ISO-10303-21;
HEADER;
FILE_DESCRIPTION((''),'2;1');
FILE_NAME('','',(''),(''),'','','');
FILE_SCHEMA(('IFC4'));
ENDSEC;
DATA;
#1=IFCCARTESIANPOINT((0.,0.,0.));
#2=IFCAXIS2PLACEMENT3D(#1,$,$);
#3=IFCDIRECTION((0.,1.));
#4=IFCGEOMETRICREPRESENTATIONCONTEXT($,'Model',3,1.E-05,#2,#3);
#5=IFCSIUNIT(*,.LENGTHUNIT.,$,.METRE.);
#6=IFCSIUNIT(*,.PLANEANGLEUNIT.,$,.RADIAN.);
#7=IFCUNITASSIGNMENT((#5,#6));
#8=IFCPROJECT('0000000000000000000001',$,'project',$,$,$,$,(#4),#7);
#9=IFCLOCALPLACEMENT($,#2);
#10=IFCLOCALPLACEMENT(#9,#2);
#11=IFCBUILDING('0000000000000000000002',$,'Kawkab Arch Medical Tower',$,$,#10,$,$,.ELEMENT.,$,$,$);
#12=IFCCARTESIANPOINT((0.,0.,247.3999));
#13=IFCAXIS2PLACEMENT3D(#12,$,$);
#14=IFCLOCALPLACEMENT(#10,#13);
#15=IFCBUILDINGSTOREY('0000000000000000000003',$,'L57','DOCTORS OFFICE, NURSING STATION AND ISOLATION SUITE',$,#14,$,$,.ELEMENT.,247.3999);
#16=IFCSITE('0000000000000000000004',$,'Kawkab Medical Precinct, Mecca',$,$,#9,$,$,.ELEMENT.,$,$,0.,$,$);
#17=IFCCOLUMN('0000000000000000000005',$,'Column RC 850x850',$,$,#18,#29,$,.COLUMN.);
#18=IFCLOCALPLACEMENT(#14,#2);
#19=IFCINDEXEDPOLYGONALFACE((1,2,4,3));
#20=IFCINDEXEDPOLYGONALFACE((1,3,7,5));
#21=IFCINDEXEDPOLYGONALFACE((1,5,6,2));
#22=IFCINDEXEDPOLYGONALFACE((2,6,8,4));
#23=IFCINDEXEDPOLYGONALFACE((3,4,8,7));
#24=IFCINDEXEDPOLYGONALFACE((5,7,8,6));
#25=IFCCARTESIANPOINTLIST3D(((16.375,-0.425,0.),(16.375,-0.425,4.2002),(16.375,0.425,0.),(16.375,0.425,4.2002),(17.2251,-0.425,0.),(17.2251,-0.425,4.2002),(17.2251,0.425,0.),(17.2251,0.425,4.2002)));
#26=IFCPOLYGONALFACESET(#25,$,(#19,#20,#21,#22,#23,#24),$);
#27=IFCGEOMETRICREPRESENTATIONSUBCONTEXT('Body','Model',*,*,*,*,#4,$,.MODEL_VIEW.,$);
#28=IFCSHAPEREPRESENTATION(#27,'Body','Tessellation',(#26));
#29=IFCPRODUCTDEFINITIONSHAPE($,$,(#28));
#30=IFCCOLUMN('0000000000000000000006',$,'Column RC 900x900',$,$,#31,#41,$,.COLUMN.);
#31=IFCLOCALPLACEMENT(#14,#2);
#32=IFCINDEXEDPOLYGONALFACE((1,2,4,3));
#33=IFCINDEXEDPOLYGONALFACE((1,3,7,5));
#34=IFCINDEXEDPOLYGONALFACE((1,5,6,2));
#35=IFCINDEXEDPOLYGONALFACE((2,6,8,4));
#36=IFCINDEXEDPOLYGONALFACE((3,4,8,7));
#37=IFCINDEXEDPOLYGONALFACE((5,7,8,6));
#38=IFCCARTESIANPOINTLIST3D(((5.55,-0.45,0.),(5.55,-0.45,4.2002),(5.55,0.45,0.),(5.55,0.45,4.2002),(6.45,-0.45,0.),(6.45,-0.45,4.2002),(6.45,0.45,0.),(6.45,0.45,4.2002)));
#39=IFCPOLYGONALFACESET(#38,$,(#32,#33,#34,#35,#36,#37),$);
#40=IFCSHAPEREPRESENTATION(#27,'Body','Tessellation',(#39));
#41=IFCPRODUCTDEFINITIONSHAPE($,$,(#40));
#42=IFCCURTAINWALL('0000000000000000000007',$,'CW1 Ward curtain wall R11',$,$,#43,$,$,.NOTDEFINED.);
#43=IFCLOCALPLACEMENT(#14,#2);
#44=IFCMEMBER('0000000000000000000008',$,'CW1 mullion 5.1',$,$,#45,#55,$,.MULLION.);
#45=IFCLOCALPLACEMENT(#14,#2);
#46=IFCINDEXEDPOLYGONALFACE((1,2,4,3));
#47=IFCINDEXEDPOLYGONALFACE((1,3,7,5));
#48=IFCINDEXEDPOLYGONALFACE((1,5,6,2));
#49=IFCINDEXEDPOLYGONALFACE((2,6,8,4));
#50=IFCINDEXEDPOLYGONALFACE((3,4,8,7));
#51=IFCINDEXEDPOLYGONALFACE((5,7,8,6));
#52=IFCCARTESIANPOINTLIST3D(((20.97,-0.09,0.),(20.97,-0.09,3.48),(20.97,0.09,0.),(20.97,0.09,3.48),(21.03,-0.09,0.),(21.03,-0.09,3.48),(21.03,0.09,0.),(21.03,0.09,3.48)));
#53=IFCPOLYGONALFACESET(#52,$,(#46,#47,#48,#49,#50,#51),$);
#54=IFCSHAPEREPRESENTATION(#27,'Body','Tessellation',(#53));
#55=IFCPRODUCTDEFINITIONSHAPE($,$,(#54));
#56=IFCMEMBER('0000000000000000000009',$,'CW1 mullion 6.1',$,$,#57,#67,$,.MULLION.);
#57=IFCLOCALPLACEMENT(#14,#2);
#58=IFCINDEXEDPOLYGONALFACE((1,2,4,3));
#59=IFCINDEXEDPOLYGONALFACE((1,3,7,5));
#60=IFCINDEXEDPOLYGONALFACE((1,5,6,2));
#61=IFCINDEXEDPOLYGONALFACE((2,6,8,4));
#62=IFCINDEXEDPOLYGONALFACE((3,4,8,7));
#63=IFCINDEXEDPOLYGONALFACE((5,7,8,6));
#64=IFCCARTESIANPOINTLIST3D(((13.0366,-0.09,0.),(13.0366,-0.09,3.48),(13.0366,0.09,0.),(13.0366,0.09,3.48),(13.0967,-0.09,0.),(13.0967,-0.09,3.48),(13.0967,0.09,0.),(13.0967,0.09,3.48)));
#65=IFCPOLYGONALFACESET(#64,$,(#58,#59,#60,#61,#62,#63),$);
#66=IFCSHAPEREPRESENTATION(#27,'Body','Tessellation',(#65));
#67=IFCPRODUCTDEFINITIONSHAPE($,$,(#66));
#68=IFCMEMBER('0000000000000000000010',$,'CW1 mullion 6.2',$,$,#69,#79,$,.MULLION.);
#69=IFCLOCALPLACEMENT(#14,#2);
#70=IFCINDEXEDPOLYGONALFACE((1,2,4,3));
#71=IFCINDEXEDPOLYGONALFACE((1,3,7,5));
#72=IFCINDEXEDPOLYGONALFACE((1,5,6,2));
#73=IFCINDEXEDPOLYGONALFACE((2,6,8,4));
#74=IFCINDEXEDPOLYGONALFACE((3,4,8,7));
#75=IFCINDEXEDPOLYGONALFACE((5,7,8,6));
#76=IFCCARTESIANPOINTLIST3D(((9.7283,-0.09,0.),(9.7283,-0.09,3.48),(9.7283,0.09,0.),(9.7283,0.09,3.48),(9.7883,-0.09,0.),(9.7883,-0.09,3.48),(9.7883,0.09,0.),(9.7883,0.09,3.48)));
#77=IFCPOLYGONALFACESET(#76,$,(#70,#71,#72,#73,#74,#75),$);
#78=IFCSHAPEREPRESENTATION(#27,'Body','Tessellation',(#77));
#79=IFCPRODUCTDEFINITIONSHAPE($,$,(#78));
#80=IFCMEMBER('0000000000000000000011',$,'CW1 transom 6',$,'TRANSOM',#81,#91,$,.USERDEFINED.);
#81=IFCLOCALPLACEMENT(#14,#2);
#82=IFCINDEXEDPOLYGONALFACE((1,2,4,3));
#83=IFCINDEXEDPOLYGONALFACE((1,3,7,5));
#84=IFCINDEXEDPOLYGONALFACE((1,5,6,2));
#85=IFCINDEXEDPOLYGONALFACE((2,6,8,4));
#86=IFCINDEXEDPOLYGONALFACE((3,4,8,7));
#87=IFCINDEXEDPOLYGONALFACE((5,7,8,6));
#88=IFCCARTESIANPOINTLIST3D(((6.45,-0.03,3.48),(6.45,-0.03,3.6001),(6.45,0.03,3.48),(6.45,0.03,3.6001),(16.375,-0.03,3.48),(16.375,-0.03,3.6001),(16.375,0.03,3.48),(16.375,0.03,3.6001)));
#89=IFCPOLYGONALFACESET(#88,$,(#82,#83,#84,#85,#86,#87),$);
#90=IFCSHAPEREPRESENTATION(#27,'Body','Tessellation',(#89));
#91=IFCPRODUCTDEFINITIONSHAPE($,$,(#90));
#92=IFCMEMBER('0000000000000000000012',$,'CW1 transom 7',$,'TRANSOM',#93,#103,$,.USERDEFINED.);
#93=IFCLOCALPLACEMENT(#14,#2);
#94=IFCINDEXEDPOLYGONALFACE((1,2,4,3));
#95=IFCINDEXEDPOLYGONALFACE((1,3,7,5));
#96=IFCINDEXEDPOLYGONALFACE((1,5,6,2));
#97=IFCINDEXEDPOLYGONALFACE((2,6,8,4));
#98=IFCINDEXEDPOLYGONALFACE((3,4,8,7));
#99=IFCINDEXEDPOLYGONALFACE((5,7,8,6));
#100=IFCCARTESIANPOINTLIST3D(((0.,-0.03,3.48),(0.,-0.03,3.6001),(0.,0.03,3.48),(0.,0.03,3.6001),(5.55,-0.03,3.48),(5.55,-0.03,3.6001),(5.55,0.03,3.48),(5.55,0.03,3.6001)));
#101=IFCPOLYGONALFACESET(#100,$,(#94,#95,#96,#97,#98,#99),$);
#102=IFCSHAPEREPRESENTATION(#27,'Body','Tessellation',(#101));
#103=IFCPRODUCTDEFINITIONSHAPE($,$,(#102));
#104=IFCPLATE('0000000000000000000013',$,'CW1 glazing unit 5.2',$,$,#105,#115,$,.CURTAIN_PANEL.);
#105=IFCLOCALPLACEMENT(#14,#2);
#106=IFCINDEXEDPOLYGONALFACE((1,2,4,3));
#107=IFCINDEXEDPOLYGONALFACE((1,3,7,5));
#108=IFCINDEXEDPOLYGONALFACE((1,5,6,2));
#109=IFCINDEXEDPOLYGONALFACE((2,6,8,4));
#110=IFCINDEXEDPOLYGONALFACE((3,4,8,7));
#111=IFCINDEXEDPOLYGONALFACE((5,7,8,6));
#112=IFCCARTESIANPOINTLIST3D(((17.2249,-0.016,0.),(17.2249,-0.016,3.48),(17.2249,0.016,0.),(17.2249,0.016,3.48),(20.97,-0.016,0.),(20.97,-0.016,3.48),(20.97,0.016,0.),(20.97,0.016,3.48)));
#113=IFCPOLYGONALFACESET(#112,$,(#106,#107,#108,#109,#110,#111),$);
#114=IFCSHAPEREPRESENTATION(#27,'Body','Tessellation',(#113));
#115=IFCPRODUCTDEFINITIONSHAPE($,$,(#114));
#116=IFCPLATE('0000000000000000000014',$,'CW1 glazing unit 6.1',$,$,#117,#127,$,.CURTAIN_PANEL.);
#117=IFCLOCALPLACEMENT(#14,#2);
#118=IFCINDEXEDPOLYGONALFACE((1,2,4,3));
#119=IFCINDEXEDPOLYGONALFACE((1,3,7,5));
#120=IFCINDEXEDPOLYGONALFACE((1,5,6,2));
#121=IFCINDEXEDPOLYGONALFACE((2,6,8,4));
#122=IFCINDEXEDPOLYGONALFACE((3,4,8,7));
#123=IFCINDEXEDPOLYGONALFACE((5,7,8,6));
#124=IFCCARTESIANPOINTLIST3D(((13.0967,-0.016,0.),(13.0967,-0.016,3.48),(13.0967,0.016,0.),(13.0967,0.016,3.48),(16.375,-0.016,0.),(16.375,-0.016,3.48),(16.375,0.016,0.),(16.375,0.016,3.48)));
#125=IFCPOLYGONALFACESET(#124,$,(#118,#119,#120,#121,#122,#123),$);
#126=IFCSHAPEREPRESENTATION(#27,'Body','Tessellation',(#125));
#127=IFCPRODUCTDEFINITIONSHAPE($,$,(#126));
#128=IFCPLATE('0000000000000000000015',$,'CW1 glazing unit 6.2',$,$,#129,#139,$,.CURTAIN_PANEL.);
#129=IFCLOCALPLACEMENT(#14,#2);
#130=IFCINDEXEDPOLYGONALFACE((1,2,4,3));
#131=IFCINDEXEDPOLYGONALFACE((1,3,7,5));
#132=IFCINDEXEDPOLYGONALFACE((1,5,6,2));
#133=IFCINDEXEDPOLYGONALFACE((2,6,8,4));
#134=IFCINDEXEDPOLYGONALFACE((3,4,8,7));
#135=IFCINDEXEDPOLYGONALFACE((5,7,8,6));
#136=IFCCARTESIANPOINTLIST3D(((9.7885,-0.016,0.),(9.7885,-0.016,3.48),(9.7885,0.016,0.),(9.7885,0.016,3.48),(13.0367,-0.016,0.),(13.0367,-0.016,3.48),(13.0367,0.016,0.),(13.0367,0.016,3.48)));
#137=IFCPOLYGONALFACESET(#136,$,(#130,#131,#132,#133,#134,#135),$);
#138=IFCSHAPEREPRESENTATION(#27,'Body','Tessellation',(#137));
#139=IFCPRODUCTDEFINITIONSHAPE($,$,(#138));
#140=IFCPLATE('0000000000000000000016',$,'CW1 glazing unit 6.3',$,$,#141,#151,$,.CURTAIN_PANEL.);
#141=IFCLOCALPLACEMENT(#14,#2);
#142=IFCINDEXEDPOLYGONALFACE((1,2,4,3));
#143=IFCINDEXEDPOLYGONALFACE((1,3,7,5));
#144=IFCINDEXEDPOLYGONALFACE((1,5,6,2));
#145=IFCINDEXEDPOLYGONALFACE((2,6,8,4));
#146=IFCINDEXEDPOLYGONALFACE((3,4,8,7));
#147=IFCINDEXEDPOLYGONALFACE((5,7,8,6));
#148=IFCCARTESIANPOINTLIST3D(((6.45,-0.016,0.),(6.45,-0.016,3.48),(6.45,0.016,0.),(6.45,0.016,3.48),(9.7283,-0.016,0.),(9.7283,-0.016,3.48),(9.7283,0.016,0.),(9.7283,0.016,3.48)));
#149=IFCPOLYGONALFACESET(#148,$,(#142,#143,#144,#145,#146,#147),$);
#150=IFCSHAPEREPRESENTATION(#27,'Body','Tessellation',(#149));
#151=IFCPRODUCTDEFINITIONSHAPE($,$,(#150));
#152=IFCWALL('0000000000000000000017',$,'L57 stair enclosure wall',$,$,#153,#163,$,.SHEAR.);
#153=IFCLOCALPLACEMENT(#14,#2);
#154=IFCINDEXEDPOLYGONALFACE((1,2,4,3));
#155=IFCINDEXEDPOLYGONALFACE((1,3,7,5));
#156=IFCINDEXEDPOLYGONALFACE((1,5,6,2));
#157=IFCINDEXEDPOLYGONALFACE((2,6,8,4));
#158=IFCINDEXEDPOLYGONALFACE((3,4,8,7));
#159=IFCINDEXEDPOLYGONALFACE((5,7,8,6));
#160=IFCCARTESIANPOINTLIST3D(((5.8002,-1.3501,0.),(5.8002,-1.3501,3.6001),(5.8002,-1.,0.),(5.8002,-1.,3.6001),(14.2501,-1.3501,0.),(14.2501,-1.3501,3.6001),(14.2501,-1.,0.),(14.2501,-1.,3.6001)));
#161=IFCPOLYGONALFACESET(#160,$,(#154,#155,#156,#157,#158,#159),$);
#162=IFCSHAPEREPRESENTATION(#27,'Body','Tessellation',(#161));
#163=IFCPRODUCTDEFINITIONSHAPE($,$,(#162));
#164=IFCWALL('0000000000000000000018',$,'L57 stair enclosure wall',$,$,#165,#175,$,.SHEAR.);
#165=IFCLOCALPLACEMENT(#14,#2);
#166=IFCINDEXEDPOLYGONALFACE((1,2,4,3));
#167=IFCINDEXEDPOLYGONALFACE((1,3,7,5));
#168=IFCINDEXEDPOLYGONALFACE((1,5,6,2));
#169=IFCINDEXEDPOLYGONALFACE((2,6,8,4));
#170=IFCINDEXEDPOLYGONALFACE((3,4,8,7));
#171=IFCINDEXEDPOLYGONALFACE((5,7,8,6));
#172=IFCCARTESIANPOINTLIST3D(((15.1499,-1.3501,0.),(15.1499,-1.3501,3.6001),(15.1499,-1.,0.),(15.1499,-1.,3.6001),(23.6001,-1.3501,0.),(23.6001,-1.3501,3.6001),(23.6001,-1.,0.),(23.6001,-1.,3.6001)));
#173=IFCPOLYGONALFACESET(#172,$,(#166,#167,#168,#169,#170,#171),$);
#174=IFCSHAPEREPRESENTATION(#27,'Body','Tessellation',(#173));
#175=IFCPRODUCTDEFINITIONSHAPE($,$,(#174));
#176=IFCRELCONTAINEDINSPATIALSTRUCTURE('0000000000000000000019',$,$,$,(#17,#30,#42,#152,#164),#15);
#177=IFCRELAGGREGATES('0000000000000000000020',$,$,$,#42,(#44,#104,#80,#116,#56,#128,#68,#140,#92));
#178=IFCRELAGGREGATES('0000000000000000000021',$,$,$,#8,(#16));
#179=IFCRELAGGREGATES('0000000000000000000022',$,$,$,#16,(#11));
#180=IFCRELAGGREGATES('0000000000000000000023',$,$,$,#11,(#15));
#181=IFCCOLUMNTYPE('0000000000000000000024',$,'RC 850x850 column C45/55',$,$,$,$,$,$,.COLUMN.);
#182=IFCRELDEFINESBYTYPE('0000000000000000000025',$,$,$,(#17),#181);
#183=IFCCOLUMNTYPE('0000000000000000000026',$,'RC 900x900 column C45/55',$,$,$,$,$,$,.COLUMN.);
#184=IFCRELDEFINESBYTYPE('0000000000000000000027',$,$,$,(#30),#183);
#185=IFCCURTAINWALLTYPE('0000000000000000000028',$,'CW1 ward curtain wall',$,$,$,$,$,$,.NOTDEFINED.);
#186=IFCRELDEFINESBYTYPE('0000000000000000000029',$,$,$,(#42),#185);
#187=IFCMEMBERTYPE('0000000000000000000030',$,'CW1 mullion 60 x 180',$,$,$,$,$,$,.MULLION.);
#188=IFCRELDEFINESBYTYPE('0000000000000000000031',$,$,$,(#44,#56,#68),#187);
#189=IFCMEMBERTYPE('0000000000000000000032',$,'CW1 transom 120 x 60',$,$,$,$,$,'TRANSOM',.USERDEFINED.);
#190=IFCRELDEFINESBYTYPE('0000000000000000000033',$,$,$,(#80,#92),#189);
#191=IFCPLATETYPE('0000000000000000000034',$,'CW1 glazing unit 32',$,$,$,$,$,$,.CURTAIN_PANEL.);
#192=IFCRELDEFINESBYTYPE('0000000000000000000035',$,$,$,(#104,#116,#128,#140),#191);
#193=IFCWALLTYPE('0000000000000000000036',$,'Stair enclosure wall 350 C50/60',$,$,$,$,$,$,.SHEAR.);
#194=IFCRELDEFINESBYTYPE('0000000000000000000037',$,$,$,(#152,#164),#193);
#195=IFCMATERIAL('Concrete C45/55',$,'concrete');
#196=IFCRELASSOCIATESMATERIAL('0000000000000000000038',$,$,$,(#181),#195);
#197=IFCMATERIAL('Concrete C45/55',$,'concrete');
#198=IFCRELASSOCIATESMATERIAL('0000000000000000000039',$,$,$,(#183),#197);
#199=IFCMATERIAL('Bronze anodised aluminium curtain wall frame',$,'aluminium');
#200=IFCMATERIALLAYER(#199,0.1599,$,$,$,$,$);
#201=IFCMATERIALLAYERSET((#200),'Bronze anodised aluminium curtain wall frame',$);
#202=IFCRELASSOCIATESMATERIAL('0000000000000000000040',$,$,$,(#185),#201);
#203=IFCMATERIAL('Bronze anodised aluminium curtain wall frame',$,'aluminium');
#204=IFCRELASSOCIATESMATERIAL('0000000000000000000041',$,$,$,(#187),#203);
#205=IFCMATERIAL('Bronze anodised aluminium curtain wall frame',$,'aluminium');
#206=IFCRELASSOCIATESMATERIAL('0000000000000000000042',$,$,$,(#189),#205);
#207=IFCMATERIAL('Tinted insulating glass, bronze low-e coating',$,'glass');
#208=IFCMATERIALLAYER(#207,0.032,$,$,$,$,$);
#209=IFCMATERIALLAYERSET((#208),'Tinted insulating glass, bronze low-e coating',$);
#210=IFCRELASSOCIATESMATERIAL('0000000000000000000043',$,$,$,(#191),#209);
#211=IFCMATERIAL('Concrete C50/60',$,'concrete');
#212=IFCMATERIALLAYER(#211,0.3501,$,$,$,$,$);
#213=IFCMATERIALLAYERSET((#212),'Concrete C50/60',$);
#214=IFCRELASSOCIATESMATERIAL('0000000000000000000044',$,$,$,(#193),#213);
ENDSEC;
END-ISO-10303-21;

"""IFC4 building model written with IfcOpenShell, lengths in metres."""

from ifc_helpers import new_model, si_unit, direction, frame, frame_2d, origin, origin_2d, place, context, subcontext, project, spatial, rectangle, extrude, material, layer, layer_set, material_profile, profile_set, type_object, element, aggregate, save


model = new_model("IFC4")

# Units and contexts
model_context = context("Model", 3, precision=1e-05, world=origin(), true_north=direction((0.0, 1.0)))
body_context = subcontext(model_context, "Body", "Model", "MODEL_VIEW")
ifc_project = project(units=[si_unit("LENGTHUNIT", "METRE"), si_unit("PLANEANGLEUNIT", "RADIAN")], contexts=[model_context])

# Site, building, storey
site_placement = place(None, origin())
site = spatial("IfcSite", under=ifc_project, at=site_placement, Name="Kawkab Medical Precinct, Mecca", CompositionType="ELEMENT", RefElevation=0.0)
building_placement = place(site_placement, origin())
building = spatial("IfcBuilding", under=site, at=building_placement, Name="Kawkab Arch Medical Tower", CompositionType="ELEMENT")
storey_placement = place(building_placement, frame((0.0, 0.0, 247.3999)))
storey = spatial("IfcBuildingStorey", under=building, at=storey_placement, Name="L57", Description="DOCTORS OFFICE, NURSING STATION AND ISOLATION SUITE", CompositionType="ELEMENT", Elevation=247.3999)

# Columns
ifc_material_1 = material(Name="Concrete C45/55", Category="concrete")
ifc_material_profile_1 = material_profile(ifc_material_1, rectangle(XDim=0.8501, YDim=0.8501, at=origin_2d()), Name="RC 850x850")
ifc_profile_set_1 = profile_set([ifc_material_profile_1], Name="Concrete C45/55")
column_type_1 = type_object("IfcColumnType", Name="RC 850x850 column C45/55", PredefinedType="COLUMN", material=ifc_profile_set_1)
column_1_placement = place(storey_placement, frame((16.8, 0.0, 0.0), z_axis=(0.0, 0.0, 1.0), x_axis=(1.0, 0.0, 0.0)))
element("IfcColumn", 1, at=column_1_placement, inside=storey, type_object=column_type_1, Name="Column RC 850x850", PredefinedType="COLUMN", context=body_context, shape_type="SweptSolid", body=[
    extrude(rectangle(XDim=0.8501, YDim=0.8501, at=origin_2d()), origin(), (0.0, 0.0, 1.0), 4.2002),
])
ifc_material_2 = material(Name="Concrete C45/55", Category="concrete")
ifc_material_profile_2 = material_profile(ifc_material_2, rectangle(XDim=0.8999, YDim=0.8999, at=origin_2d()), Name="RC 900x900")
ifc_profile_set_2 = profile_set([ifc_material_profile_2], Name="Concrete C45/55")
column_type_2 = type_object("IfcColumnType", Name="RC 900x900 column C45/55", PredefinedType="COLUMN", material=ifc_profile_set_2)
column_2_placement = place(storey_placement, frame((6.0, 0.0, 0.0), z_axis=(0.0, 0.0, 1.0), x_axis=(1.0, 0.0, 0.0)))
element("IfcColumn", 2, at=column_2_placement, inside=storey, type_object=column_type_2, Name="Column RC 900x900", PredefinedType="COLUMN", context=body_context, shape_type="SweptSolid", body=[
    extrude(rectangle(XDim=0.8999, YDim=0.8999, at=origin_2d()), origin(), (0.0, 0.0, 1.0), 4.2002),
])

# Curtain wall, members, plates
ifc_material_3 = material(Name="Bronze anodised aluminium curtain wall frame", Category="aluminium")
ifc_layer_1 = layer(ifc_material_3, 0.1599)
ifc_layer_set_1 = layer_set([ifc_layer_1], Name="Bronze anodised aluminium curtain wall frame")
curtain_wall_type = type_object("IfcCurtainWallType", Name="CW1 ward curtain wall", PredefinedType="NOTDEFINED", material=ifc_layer_set_1)
placement = place(storey_placement, origin())
curtain_wall = element("IfcCurtainWall", 3, at=placement, inside=storey, type_object=curtain_wall_type, Name="CW1 Ward curtain wall R11", PredefinedType="NOTDEFINED")
ifc_material_4 = material(Name="Bronze anodised aluminium curtain wall frame", Category="aluminium")
ifc_material_profile_3 = material_profile(ifc_material_4, rectangle(XDim=0.1799, YDim=0.0601, at=origin_2d()), Name="AL 60x180")
ifc_profile_set_3 = profile_set([ifc_material_profile_3], Name="Bronze anodised aluminium curtain wall frame")
member_type_1 = type_object("IfcMemberType", Name="CW1 mullion 60 x 180", PredefinedType="MULLION", material=ifc_profile_set_3)
member_1_placement = place(storey_placement, frame((21.0, 0.0, 0.0), z_axis=(0.0, 0.0, 1.0), x_axis=(0.0, -1.0, 0.0)))
member_1 = element("IfcMember", 4, at=member_1_placement, type_object=member_type_1, Name="CW1 mullion 5.1", PredefinedType="MULLION", context=body_context, shape_type="SweptSolid", body=[
    extrude(rectangle(XDim=0.1799, YDim=0.0601, at=origin_2d()), origin(), (0.0, 0.0, 1.0), 3.48),
])
member_2_placement = place(storey_placement, frame((13.0667, 0.0, 0.0), z_axis=(0.0, 0.0, 1.0), x_axis=(0.0, -1.0, 0.0)))
member_2 = element("IfcMember", 5, at=member_2_placement, type_object=member_type_1, Name="CW1 mullion 6.1", PredefinedType="MULLION", context=body_context, shape_type="SweptSolid", body=[
    extrude(rectangle(XDim=0.1799, YDim=0.0601, at=origin_2d()), origin(), (0.0, 0.0, 1.0), 3.48),
])
member_3_placement = place(storey_placement, frame((9.7583, 0.0, 0.0), z_axis=(0.0, 0.0, 1.0), x_axis=(0.0, -1.0, 0.0)))
member_3 = element("IfcMember", 6, at=member_3_placement, type_object=member_type_1, Name="CW1 mullion 6.2", PredefinedType="MULLION", context=body_context, shape_type="SweptSolid", body=[
    extrude(rectangle(XDim=0.1799, YDim=0.0601, at=origin_2d()), origin(), (0.0, 0.0, 1.0), 3.48),
])
ifc_material_5 = material(Name="Bronze anodised aluminium curtain wall frame", Category="aluminium")
ifc_material_profile_4 = material_profile(ifc_material_5, rectangle(XDim=0.0601, YDim=0.1201, at=origin_2d()), Name="AL 60x120")
ifc_profile_set_4 = profile_set([ifc_material_profile_4], Name="Bronze anodised aluminium curtain wall frame")
member_type_2 = type_object("IfcMemberType", Name="CW1 transom 120 x 60", ElementType="TRANSOM", PredefinedType="USERDEFINED", material=ifc_profile_set_4)
member_4_placement = place(storey_placement, frame((16.375, 0.0, 3.54), z_axis=(-1.0, 0.0, 0.0), x_axis=(0.0, -1.0, 0.0)))
member_4 = element("IfcMember", 7, at=member_4_placement, type_object=member_type_2, Name="CW1 transom 6", ObjectType="TRANSOM", PredefinedType="USERDEFINED", context=body_context, shape_type="SweptSolid", body=[
    extrude(rectangle(XDim=0.0601, YDim=0.1201, at=origin_2d()), origin(), (0.0, 0.0, 1.0), 9.925),
])
member_5_placement = place(storey_placement, frame((5.55, 0.0, 3.54), z_axis=(-1.0, 0.0, 0.0), x_axis=(0.0, -1.0, 0.0)))
member_5 = element("IfcMember", 8, at=member_5_placement, type_object=member_type_2, Name="CW1 transom 7", ObjectType="TRANSOM", PredefinedType="USERDEFINED", context=body_context, shape_type="SweptSolid", body=[
    extrude(rectangle(XDim=0.0601, YDim=0.1201, at=origin_2d()), origin(), (0.0, 0.0, 1.0), 5.55),
])
ifc_material_6 = material(Name="Tinted insulating glass, bronze low-e coating", Category="glass")
ifc_layer_2 = layer(ifc_material_6, 0.032)
ifc_layer_set_2 = layer_set([ifc_layer_2], Name="Tinted insulating glass, bronze low-e coating")
plate_type = type_object("IfcPlateType", Name="CW1 glazing unit 32", PredefinedType="CURTAIN_PANEL", material=ifc_layer_set_2)
plate_1_placement = place(storey_placement, frame((19.0974, 0.0, 0.0), z_axis=(0.0, 0.0, 1.0), x_axis=(-1.0, 0.0, 0.0)))
plate_1 = element("IfcPlate", 9, at=plate_1_placement, type_object=plate_type, Name="CW1 glazing unit 5.2", PredefinedType="CURTAIN_PANEL", context=body_context, shape_type="SweptSolid", body=[
    extrude(rectangle(XDim=3.7451, YDim=0.032, at=origin_2d()), origin(), (0.0, 0.0, 1.0), 3.48),
])
plate_2_placement = place(storey_placement, frame((14.7358, 0.0, 0.0), z_axis=(0.0, 0.0, 1.0), x_axis=(-1.0, 0.0, 0.0)))
plate_2 = element("IfcPlate", 10, at=plate_2_placement, type_object=plate_type, Name="CW1 glazing unit 6.1", PredefinedType="CURTAIN_PANEL", context=body_context, shape_type="SweptSolid", body=[
    extrude(rectangle(XDim=3.2783, YDim=0.032, at=origin_2d()), origin(), (0.0, 0.0, 1.0), 3.48),
])
plate_3_placement = place(storey_placement, frame((11.4126, 0.0, 0.0), z_axis=(0.0, 0.0, 1.0), x_axis=(-1.0, 0.0, 0.0)))
plate_3 = element("IfcPlate", 11, at=plate_3_placement, type_object=plate_type, Name="CW1 glazing unit 6.2", PredefinedType="CURTAIN_PANEL", context=body_context, shape_type="SweptSolid", body=[
    extrude(rectangle(XDim=3.2483, YDim=0.032, at=origin_2d()), origin(), (0.0, 0.0, 1.0), 3.48),
])
plate_4_placement = place(storey_placement, frame((8.0891, 0.0, 0.0), z_axis=(0.0, 0.0, 1.0), x_axis=(-1.0, 0.0, 0.0)))
plate_4 = element("IfcPlate", 12, at=plate_4_placement, type_object=plate_type, Name="CW1 glazing unit 6.3", PredefinedType="CURTAIN_PANEL", context=body_context, shape_type="SweptSolid", body=[
    extrude(rectangle(XDim=3.2783, YDim=0.032, at=origin_2d()), origin(), (0.0, 0.0, 1.0), 3.48),
])
aggregate(curtain_wall, [member_1, plate_1, member_4, plate_2, member_2, plate_3, member_3, plate_4, member_5])

# Walls
ifc_material_7 = material(Name="Concrete C50/60", Category="concrete")
ifc_layer_3 = layer(ifc_material_7, 0.3501)
ifc_layer_set_3 = layer_set([ifc_layer_3], Name="Concrete C50/60")
wall_type = type_object("IfcWallType", Name="Stair enclosure wall 350 C50/60", PredefinedType="SHEAR", material=ifc_layer_set_3)
wall_1_placement = place(storey_placement, frame((5.8, -1.175, 0.0), z_axis=(0.0, 0.0, 1.0), x_axis=(1.0, 0.0, 0.0)))
element("IfcWall", 13, at=wall_1_placement, inside=storey, type_object=wall_type, Name="L57 stair enclosure wall", PredefinedType="SHEAR", context=body_context, shape_type="SweptSolid", body=[
    extrude(rectangle(XDim=8.45, YDim=0.3501, at=frame_2d((4.2251, 0.0))), origin(), (0.0, 0.0, 1.0), 3.6001),
])
wall_2_placement = place(storey_placement, frame((15.1499, -1.175, 0.0), z_axis=(0.0, 0.0, 1.0), x_axis=(1.0, 0.0, 0.0)))
element("IfcWall", 14, at=wall_2_placement, inside=storey, type_object=wall_type, Name="L57 stair enclosure wall", PredefinedType="SHEAR", context=body_context, shape_type="SweptSolid", body=[
    extrude(rectangle(XDim=8.4502, YDim=0.3501, at=frame_2d((4.2251, 0.0))), origin(), (0.0, 0.0, 1.0), 3.6001),
])

save(model, "model.ifc")
